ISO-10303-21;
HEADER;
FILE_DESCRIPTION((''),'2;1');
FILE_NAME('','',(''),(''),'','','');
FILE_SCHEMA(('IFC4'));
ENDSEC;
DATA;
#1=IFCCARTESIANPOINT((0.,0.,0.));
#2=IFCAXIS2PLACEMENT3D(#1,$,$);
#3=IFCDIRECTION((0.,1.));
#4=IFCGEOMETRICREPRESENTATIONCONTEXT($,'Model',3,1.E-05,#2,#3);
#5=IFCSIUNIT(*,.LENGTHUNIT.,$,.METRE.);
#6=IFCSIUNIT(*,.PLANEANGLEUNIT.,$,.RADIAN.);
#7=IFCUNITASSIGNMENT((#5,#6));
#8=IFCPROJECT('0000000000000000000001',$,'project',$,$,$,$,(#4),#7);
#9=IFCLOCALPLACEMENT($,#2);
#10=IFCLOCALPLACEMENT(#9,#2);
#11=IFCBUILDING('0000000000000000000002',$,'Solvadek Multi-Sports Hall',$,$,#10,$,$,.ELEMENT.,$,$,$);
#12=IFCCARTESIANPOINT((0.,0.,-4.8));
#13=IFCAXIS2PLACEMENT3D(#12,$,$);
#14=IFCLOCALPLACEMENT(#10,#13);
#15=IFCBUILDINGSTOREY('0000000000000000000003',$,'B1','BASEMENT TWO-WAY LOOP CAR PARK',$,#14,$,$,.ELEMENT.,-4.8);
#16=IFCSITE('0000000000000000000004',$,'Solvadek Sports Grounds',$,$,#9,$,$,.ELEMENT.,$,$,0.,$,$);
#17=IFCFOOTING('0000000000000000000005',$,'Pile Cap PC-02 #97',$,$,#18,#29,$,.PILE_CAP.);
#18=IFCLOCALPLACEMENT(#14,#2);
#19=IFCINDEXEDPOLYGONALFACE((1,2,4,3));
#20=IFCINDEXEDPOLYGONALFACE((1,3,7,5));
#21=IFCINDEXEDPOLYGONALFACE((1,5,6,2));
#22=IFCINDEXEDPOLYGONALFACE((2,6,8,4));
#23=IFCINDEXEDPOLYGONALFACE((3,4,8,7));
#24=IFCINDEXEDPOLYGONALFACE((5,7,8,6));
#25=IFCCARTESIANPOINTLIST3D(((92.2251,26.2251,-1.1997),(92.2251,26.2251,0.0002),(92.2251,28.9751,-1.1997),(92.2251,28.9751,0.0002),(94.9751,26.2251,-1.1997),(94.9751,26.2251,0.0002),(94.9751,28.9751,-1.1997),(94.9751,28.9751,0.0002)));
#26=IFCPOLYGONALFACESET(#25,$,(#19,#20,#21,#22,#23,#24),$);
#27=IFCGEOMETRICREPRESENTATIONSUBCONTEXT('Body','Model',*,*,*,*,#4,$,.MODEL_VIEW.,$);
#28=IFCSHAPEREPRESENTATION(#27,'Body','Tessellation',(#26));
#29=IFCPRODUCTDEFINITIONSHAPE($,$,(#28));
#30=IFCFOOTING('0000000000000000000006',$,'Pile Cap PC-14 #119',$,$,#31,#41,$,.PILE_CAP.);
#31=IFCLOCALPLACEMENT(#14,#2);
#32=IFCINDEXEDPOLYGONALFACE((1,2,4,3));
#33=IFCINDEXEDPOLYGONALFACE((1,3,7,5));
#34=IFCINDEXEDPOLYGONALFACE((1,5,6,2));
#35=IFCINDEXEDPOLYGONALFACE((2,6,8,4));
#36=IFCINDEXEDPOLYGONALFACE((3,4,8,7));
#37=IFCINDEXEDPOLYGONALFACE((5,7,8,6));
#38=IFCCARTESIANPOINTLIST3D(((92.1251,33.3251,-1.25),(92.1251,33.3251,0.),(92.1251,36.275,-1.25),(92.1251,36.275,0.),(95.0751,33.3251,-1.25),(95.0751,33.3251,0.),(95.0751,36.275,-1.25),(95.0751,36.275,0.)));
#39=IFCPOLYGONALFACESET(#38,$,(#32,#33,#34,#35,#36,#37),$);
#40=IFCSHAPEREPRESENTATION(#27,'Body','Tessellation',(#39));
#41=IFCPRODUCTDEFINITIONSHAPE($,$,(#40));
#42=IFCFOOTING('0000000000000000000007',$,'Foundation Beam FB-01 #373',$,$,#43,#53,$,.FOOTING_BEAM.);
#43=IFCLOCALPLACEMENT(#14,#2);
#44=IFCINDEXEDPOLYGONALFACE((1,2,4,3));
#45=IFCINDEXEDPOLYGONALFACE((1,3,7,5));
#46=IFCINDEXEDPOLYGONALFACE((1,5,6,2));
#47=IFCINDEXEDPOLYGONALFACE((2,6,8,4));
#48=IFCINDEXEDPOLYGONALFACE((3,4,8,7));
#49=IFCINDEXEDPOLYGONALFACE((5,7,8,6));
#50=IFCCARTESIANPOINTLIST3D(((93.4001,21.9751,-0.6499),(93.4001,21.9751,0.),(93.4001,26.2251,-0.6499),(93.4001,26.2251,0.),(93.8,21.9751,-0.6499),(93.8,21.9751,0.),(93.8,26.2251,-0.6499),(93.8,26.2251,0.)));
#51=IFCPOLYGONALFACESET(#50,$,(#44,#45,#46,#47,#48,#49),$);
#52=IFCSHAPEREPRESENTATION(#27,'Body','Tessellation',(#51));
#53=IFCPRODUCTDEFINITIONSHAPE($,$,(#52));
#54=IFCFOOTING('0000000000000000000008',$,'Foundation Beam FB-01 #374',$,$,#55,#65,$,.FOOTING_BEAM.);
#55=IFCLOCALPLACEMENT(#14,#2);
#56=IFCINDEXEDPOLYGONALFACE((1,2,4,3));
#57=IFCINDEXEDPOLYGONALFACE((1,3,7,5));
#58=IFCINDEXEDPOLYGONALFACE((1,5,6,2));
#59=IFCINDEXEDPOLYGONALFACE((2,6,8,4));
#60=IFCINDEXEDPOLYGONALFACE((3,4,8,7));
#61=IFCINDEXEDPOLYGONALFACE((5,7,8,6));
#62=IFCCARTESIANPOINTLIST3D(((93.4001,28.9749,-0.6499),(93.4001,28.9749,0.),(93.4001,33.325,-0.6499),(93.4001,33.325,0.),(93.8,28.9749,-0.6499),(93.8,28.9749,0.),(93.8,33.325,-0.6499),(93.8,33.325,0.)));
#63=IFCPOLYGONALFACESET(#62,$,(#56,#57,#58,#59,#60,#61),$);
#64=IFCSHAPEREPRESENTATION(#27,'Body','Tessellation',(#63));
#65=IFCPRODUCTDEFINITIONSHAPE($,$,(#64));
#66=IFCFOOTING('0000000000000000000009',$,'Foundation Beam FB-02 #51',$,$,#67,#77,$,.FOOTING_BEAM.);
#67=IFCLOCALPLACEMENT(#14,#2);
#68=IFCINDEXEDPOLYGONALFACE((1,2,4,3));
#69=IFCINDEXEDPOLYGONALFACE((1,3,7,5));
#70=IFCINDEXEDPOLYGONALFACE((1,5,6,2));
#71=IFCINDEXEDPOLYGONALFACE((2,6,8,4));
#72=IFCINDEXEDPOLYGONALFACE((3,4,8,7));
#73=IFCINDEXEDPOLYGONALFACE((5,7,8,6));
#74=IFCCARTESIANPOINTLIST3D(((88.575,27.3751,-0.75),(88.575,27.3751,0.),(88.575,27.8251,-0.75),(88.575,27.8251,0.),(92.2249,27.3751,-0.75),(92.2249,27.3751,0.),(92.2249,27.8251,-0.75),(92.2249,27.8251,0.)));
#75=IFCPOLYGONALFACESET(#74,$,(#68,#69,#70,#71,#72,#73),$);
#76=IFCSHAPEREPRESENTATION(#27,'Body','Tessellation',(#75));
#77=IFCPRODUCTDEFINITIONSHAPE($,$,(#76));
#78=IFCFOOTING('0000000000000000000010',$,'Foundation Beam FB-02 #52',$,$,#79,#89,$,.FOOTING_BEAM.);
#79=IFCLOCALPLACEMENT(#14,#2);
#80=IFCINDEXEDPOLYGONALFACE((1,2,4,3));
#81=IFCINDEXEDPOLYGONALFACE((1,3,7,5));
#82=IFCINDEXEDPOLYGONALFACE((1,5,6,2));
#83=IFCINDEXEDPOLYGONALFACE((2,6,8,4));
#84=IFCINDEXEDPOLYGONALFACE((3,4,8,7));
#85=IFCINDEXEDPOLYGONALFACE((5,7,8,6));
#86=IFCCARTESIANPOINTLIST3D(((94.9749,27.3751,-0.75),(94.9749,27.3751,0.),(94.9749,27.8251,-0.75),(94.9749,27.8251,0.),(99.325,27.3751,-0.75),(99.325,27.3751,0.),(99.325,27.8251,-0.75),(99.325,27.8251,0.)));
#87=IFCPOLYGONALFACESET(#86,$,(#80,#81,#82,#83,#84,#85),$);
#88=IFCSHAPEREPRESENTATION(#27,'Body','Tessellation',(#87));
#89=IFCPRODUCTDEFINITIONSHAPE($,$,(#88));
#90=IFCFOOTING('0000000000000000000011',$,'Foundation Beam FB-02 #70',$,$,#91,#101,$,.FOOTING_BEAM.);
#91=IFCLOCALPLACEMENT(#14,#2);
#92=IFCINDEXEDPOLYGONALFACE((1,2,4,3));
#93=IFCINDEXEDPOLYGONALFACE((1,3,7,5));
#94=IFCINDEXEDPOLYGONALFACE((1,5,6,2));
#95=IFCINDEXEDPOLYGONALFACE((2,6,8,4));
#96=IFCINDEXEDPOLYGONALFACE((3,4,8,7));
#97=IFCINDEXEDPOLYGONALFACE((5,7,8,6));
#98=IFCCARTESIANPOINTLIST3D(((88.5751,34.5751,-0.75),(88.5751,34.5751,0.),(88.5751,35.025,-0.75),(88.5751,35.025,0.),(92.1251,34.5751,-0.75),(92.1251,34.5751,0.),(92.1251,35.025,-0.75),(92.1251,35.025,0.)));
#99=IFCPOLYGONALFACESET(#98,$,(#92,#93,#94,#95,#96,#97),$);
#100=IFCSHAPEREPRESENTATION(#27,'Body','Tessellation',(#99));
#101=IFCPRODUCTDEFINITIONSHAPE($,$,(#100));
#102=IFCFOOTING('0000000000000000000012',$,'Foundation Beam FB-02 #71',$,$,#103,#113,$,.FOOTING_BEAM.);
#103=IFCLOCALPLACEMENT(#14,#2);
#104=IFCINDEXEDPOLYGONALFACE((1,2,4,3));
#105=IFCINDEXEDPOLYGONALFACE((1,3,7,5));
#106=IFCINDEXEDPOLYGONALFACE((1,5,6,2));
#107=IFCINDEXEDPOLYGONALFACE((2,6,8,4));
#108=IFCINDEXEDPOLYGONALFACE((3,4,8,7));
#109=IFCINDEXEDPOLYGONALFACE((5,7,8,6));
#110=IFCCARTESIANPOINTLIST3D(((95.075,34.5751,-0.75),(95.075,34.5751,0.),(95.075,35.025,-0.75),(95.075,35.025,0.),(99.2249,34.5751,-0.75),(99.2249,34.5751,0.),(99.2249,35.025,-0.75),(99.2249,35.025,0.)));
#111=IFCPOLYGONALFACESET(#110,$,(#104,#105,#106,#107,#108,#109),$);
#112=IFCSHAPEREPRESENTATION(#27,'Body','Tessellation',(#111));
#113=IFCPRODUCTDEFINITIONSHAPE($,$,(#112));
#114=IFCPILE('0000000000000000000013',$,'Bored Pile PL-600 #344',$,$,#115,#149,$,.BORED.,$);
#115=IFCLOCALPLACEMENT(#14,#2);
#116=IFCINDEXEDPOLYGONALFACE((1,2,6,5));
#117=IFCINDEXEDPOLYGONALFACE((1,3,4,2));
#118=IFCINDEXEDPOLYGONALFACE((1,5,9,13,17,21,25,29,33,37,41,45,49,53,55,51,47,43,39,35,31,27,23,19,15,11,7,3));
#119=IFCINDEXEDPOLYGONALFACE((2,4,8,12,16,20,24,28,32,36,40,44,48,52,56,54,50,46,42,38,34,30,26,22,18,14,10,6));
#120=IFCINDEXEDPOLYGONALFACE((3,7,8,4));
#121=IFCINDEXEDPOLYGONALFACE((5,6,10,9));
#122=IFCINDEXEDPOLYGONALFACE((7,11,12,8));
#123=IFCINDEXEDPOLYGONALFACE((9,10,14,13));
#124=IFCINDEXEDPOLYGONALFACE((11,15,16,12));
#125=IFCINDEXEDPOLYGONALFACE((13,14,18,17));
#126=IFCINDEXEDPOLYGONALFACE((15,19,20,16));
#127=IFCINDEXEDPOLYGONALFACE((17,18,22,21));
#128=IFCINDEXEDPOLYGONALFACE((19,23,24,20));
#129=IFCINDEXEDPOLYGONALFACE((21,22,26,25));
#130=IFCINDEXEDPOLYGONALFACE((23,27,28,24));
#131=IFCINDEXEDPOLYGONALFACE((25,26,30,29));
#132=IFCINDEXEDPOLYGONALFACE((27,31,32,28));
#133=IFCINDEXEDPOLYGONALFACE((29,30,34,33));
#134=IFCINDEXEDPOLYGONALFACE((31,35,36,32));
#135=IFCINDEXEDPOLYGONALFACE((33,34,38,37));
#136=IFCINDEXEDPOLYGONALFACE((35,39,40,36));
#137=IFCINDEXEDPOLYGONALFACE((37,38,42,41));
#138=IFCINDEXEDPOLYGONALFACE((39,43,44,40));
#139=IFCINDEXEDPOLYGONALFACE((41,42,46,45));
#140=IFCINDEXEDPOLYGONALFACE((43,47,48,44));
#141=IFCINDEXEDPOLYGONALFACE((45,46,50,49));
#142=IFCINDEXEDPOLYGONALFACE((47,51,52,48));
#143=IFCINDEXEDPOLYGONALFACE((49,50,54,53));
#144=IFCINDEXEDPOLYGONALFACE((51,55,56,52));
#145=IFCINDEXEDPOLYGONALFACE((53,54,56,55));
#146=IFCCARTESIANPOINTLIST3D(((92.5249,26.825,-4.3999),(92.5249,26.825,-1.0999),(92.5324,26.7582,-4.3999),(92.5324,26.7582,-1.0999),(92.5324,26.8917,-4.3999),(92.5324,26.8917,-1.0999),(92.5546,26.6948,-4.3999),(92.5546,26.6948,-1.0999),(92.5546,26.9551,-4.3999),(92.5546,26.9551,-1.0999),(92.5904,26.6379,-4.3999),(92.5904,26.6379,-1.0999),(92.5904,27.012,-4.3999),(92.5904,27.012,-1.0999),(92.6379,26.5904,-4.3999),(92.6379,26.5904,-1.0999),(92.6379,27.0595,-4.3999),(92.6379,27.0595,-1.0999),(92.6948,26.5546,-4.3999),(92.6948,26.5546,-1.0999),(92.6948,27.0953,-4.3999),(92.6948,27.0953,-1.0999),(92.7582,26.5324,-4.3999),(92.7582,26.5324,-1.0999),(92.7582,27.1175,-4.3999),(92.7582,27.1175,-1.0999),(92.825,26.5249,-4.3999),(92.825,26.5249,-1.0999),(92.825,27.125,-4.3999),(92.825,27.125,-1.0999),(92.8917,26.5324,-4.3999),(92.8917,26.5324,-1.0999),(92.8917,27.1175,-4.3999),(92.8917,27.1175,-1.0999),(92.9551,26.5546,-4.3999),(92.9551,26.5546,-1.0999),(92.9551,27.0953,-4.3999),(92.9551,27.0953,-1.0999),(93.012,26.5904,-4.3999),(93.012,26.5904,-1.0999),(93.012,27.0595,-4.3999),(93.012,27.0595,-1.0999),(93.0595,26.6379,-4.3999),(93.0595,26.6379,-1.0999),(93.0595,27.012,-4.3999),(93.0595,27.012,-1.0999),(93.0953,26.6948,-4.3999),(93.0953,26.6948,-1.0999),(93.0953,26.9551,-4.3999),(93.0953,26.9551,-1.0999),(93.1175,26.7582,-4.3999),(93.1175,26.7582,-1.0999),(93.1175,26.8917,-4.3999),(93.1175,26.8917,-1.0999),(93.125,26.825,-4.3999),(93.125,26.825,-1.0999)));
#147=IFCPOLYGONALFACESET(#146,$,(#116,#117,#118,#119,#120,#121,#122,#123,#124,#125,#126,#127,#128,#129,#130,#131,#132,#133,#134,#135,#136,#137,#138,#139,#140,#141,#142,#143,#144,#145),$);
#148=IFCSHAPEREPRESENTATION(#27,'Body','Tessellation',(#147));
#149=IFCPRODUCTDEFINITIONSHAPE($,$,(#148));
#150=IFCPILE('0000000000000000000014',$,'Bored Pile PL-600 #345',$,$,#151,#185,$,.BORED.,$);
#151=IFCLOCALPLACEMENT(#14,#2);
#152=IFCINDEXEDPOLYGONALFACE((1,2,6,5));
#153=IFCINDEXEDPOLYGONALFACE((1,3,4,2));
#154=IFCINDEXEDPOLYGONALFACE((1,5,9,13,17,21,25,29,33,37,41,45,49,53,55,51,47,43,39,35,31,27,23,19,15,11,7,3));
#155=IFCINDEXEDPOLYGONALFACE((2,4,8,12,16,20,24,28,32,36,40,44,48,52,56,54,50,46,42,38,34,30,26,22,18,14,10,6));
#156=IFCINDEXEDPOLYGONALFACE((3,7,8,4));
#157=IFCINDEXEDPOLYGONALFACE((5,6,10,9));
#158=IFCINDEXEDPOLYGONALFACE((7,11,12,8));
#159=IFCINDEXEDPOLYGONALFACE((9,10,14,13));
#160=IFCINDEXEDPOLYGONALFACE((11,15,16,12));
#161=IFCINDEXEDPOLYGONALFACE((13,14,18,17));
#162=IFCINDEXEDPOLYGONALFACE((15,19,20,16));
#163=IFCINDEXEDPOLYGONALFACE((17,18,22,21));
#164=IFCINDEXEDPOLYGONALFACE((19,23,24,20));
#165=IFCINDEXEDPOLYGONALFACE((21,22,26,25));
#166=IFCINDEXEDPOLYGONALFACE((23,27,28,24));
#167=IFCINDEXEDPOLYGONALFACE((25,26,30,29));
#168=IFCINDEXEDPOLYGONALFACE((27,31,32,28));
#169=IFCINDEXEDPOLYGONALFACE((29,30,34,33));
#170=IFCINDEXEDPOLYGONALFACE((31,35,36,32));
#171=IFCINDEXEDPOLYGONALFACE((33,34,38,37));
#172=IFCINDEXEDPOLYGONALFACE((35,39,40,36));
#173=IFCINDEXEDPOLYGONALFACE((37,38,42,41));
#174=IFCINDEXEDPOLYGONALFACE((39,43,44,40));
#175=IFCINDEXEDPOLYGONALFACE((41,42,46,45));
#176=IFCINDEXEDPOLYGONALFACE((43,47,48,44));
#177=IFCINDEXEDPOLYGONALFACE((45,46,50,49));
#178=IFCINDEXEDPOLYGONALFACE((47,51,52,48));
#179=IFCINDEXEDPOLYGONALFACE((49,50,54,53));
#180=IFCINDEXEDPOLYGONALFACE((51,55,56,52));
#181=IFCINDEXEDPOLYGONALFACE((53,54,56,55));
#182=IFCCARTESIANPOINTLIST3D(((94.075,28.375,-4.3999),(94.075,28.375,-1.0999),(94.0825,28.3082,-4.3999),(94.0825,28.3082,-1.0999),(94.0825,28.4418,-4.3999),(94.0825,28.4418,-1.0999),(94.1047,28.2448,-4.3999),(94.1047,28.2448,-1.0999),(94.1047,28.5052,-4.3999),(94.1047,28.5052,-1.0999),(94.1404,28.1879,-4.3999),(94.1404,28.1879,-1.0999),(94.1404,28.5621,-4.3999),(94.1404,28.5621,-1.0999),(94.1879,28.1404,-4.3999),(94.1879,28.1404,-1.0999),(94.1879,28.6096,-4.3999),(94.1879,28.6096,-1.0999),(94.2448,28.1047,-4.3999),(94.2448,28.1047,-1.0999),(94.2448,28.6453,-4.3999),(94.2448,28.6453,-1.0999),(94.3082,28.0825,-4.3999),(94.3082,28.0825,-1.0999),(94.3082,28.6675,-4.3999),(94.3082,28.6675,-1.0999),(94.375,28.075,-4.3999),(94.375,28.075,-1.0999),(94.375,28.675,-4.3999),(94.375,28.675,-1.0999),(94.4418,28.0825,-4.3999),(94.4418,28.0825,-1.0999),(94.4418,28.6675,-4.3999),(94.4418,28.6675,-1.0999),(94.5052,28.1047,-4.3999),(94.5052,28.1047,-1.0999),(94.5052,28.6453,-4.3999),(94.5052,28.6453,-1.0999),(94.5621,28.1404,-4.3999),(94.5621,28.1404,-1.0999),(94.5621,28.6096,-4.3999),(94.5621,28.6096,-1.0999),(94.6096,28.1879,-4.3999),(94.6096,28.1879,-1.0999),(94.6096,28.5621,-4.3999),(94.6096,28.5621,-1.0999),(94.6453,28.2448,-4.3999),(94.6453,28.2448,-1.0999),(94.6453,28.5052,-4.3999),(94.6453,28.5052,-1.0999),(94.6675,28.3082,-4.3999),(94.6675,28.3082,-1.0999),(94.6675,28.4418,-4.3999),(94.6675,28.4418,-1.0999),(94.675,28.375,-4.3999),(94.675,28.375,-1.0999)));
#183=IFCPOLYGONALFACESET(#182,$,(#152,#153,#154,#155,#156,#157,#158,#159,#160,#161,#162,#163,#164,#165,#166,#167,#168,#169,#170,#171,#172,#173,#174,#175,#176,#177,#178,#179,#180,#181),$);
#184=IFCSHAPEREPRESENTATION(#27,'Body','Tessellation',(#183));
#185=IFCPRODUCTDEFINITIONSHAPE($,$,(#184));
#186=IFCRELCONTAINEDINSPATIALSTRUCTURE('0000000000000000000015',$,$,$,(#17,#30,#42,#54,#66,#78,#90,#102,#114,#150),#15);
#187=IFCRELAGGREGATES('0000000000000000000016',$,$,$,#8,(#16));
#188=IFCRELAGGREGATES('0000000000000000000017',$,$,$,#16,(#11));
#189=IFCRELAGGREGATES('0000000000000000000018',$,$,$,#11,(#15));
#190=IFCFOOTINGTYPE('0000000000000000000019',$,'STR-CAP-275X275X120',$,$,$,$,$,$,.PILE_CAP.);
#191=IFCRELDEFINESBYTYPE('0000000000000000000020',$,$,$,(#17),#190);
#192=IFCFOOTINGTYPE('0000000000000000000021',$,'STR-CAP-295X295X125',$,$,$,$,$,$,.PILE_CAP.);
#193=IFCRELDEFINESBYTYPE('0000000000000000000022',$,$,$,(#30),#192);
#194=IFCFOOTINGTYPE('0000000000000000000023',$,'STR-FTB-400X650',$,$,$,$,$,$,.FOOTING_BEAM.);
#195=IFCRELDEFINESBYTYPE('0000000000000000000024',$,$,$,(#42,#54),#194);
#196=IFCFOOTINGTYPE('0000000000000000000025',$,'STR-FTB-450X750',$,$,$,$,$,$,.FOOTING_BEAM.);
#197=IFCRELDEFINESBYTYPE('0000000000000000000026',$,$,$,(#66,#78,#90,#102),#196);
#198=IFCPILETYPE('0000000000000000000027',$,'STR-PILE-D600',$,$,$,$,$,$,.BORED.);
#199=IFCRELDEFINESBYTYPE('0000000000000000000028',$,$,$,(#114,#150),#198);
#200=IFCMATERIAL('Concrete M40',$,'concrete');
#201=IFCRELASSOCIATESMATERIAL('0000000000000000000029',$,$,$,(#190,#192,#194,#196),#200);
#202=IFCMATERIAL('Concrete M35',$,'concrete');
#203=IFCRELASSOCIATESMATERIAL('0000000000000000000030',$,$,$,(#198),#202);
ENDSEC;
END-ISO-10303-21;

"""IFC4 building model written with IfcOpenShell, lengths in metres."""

from ifc_helpers import new_model, si_unit, direction, frame, origin, origin_2d, place, context, subcontext, project, spatial, rectangle, circle, extrude, material, material_profile, profile_set, type_object, element, save


model = new_model("IFC4")

# Units and contexts
model_context = context("Model", 3, precision=1e-05, world=origin(), true_north=direction((0.0, 1.0)))
body_context = subcontext(model_context, "Body", "Model", "MODEL_VIEW")
ifc_project = project(units=[si_unit("LENGTHUNIT", "METRE"), si_unit("PLANEANGLEUNIT", "RADIAN")], contexts=[model_context])

# Site, building, storey
site_placement = place(None, origin())
site = spatial("IfcSite", under=ifc_project, at=site_placement, Name="Solvadek Sports Grounds", CompositionType="ELEMENT", RefElevation=0.0)
building_placement = place(site_placement, origin())
building = spatial("IfcBuilding", under=site, at=building_placement, Name="Solvadek Multi-Sports Hall", CompositionType="ELEMENT")
storey_placement = place(building_placement, frame((0.0, 0.0, -4.8)))
storey = spatial("IfcBuildingStorey", under=building, at=storey_placement, Name="B1", Description="BASEMENT TWO-WAY LOOP CAR PARK", CompositionType="ELEMENT", Elevation=-4.8)

# Footings
ifc_material_1 = material(Name="Concrete M40", Category="concrete")
footing_type_1 = type_object("IfcFootingType", Name="STR-CAP-275X275X120", PredefinedType="PILE_CAP", material=ifc_material_1)
footing_1_placement = place(storey_placement, frame((93.6001, 27.6001, -1.1997), z_axis=(0.0, 0.0, 1.0), x_axis=(1.0, 0.0, 0.0)))
element("IfcFooting", 1, at=footing_1_placement, inside=storey, type_object=footing_type_1, Name="Pile Cap PC-02 #97", PredefinedType="PILE_CAP", context=body_context, shape_type="SweptSolid", body=[
    extrude(rectangle(XDim=2.75, YDim=2.75, at=origin_2d()), origin(), (0.0, 0.0, 1.0), 1.2),
])
footing_type_2 = type_object("IfcFootingType", Name="STR-CAP-295X295X125", PredefinedType="PILE_CAP", material=ifc_material_1)
footing_2_placement = place(storey_placement, frame((93.6001, 34.8, -1.25), z_axis=(0.0, 0.0, 1.0), x_axis=(1.0, 0.0, 0.0)))
element("IfcFooting", 2, at=footing_2_placement, inside=storey, type_object=footing_type_2, Name="Pile Cap PC-14 #119", PredefinedType="PILE_CAP", context=body_context, shape_type="SweptSolid", body=[
    extrude(rectangle(XDim=2.95, YDim=2.95, at=origin_2d()), origin(), (0.0, 0.0, 1.0), 1.25),
])
footing_type_3 = type_object("IfcFootingType", Name="STR-FTB-400X650", PredefinedType="FOOTING_BEAM", material=ifc_material_1)
footing_3_placement = place(storey_placement, frame((93.6001, 24.1001, -0.6499), z_axis=(0.0, 0.0, 1.0), x_axis=(0.0, 1.0, 0.0)))
element("IfcFooting", 3, at=footing_3_placement, inside=storey, type_object=footing_type_3, Name="Foundation Beam FB-01 #373", PredefinedType="FOOTING_BEAM", context=body_context, shape_type="SweptSolid", body=[
    extrude(rectangle(XDim=4.25, YDim=0.3999, at=origin_2d()), origin(), (0.0, 0.0, 1.0), 0.6499),
])
footing_4_placement = place(storey_placement, frame((93.6001, 31.1499, -0.6499), z_axis=(0.0, 0.0, 1.0), x_axis=(0.0, 1.0, 0.0)))
element("IfcFooting", 4, at=footing_4_placement, inside=storey, type_object=footing_type_3, Name="Foundation Beam FB-01 #374", PredefinedType="FOOTING_BEAM", context=body_context, shape_type="SweptSolid", body=[
    extrude(rectangle(XDim=4.3501, YDim=0.3999, at=origin_2d()), origin(), (0.0, 0.0, 1.0), 0.6499),
])
footing_type_4 = type_object("IfcFootingType", Name="STR-FTB-450X750", PredefinedType="FOOTING_BEAM", material=ifc_material_1)
footing_5_placement = place(storey_placement, frame((90.3999, 27.6001, -0.75), z_axis=(0.0, 0.0, 1.0), x_axis=(1.0, 0.0, 0.0)))
element("IfcFooting", 5, at=footing_5_placement, inside=storey, type_object=footing_type_4, Name="Foundation Beam FB-02 #51", PredefinedType="FOOTING_BEAM", context=body_context, shape_type="SweptSolid", body=[
    extrude(rectangle(XDim=3.6499, YDim=0.45, at=origin_2d()), origin(), (0.0, 0.0, 1.0), 0.75),
])
footing_6_placement = place(storey_placement, frame((97.1499, 27.6001, -0.75), z_axis=(0.0, 0.0, 1.0), x_axis=(1.0, 0.0, 0.0)))
element("IfcFooting", 6, at=footing_6_placement, inside=storey, type_object=footing_type_4, Name="Foundation Beam FB-02 #52", PredefinedType="FOOTING_BEAM", context=body_context, shape_type="SweptSolid", body=[
    extrude(rectangle(XDim=4.3501, YDim=0.45, at=origin_2d()), origin(), (0.0, 0.0, 1.0), 0.75),
])
footing_7_placement = place(storey_placement, frame((90.3501, 34.8, -0.75), z_axis=(0.0, 0.0, 1.0), x_axis=(1.0, 0.0, 0.0)))
element("IfcFooting", 7, at=footing_7_placement, inside=storey, type_object=footing_type_4, Name="Foundation Beam FB-02 #70", PredefinedType="FOOTING_BEAM", context=body_context, shape_type="SweptSolid", body=[
    extrude(rectangle(XDim=3.55, YDim=0.45, at=origin_2d()), origin(), (0.0, 0.0, 1.0), 0.75),
])
footing_8_placement = place(storey_placement, frame((97.1499, 34.8, -0.75), z_axis=(0.0, 0.0, 1.0), x_axis=(1.0, 0.0, 0.0)))
element("IfcFooting", 8, at=footing_8_placement, inside=storey, type_object=footing_type_4, Name="Foundation Beam FB-02 #71", PredefinedType="FOOTING_BEAM", context=body_context, shape_type="SweptSolid", body=[
    extrude(rectangle(XDim=4.1499, YDim=0.45, at=origin_2d()), origin(), (0.0, 0.0, 1.0), 0.75),
])

# Piles
ifc_material_2 = material(Name="Concrete M35", Category="concrete")
ifc_material_profile_1 = material_profile(ifc_material_2, circle(Radius=0.3, at=origin_2d()), Name="BORED PILE D600")
ifc_profile_set_1 = profile_set([ifc_material_profile_1], Name="Concrete M35")
pile_type_1 = type_object("IfcPileType", Name="STR-PILE-D600", PredefinedType="BORED", material=ifc_profile_set_1)
for number, where, z_axis, x_axis, name in (
    (9, (92.825, 26.825, -1.0999), (0.0, 0.0, -1.0), (1.0, 0.0, 0.0), "Bored Pile PL-600 #344"),
    (10, (94.375, 28.375, -1.0999), (0.0, 0.0, -1.0), (1.0, 0.0, 0.0), "Bored Pile PL-600 #345"),
):
    element("IfcPile", number, at=place(storey_placement, frame(where, z_axis=z_axis, x_axis=x_axis)), inside=storey, type_object=pile_type_1, Name=name, PredefinedType="BORED", context=body_context, shape_type="SweptSolid", body=[
        extrude(circle(Radius=0.3, at=origin_2d()), origin(), (0.0, 0.0, 1.0), 3.3),
    ])

save(model, "model.ifc")
